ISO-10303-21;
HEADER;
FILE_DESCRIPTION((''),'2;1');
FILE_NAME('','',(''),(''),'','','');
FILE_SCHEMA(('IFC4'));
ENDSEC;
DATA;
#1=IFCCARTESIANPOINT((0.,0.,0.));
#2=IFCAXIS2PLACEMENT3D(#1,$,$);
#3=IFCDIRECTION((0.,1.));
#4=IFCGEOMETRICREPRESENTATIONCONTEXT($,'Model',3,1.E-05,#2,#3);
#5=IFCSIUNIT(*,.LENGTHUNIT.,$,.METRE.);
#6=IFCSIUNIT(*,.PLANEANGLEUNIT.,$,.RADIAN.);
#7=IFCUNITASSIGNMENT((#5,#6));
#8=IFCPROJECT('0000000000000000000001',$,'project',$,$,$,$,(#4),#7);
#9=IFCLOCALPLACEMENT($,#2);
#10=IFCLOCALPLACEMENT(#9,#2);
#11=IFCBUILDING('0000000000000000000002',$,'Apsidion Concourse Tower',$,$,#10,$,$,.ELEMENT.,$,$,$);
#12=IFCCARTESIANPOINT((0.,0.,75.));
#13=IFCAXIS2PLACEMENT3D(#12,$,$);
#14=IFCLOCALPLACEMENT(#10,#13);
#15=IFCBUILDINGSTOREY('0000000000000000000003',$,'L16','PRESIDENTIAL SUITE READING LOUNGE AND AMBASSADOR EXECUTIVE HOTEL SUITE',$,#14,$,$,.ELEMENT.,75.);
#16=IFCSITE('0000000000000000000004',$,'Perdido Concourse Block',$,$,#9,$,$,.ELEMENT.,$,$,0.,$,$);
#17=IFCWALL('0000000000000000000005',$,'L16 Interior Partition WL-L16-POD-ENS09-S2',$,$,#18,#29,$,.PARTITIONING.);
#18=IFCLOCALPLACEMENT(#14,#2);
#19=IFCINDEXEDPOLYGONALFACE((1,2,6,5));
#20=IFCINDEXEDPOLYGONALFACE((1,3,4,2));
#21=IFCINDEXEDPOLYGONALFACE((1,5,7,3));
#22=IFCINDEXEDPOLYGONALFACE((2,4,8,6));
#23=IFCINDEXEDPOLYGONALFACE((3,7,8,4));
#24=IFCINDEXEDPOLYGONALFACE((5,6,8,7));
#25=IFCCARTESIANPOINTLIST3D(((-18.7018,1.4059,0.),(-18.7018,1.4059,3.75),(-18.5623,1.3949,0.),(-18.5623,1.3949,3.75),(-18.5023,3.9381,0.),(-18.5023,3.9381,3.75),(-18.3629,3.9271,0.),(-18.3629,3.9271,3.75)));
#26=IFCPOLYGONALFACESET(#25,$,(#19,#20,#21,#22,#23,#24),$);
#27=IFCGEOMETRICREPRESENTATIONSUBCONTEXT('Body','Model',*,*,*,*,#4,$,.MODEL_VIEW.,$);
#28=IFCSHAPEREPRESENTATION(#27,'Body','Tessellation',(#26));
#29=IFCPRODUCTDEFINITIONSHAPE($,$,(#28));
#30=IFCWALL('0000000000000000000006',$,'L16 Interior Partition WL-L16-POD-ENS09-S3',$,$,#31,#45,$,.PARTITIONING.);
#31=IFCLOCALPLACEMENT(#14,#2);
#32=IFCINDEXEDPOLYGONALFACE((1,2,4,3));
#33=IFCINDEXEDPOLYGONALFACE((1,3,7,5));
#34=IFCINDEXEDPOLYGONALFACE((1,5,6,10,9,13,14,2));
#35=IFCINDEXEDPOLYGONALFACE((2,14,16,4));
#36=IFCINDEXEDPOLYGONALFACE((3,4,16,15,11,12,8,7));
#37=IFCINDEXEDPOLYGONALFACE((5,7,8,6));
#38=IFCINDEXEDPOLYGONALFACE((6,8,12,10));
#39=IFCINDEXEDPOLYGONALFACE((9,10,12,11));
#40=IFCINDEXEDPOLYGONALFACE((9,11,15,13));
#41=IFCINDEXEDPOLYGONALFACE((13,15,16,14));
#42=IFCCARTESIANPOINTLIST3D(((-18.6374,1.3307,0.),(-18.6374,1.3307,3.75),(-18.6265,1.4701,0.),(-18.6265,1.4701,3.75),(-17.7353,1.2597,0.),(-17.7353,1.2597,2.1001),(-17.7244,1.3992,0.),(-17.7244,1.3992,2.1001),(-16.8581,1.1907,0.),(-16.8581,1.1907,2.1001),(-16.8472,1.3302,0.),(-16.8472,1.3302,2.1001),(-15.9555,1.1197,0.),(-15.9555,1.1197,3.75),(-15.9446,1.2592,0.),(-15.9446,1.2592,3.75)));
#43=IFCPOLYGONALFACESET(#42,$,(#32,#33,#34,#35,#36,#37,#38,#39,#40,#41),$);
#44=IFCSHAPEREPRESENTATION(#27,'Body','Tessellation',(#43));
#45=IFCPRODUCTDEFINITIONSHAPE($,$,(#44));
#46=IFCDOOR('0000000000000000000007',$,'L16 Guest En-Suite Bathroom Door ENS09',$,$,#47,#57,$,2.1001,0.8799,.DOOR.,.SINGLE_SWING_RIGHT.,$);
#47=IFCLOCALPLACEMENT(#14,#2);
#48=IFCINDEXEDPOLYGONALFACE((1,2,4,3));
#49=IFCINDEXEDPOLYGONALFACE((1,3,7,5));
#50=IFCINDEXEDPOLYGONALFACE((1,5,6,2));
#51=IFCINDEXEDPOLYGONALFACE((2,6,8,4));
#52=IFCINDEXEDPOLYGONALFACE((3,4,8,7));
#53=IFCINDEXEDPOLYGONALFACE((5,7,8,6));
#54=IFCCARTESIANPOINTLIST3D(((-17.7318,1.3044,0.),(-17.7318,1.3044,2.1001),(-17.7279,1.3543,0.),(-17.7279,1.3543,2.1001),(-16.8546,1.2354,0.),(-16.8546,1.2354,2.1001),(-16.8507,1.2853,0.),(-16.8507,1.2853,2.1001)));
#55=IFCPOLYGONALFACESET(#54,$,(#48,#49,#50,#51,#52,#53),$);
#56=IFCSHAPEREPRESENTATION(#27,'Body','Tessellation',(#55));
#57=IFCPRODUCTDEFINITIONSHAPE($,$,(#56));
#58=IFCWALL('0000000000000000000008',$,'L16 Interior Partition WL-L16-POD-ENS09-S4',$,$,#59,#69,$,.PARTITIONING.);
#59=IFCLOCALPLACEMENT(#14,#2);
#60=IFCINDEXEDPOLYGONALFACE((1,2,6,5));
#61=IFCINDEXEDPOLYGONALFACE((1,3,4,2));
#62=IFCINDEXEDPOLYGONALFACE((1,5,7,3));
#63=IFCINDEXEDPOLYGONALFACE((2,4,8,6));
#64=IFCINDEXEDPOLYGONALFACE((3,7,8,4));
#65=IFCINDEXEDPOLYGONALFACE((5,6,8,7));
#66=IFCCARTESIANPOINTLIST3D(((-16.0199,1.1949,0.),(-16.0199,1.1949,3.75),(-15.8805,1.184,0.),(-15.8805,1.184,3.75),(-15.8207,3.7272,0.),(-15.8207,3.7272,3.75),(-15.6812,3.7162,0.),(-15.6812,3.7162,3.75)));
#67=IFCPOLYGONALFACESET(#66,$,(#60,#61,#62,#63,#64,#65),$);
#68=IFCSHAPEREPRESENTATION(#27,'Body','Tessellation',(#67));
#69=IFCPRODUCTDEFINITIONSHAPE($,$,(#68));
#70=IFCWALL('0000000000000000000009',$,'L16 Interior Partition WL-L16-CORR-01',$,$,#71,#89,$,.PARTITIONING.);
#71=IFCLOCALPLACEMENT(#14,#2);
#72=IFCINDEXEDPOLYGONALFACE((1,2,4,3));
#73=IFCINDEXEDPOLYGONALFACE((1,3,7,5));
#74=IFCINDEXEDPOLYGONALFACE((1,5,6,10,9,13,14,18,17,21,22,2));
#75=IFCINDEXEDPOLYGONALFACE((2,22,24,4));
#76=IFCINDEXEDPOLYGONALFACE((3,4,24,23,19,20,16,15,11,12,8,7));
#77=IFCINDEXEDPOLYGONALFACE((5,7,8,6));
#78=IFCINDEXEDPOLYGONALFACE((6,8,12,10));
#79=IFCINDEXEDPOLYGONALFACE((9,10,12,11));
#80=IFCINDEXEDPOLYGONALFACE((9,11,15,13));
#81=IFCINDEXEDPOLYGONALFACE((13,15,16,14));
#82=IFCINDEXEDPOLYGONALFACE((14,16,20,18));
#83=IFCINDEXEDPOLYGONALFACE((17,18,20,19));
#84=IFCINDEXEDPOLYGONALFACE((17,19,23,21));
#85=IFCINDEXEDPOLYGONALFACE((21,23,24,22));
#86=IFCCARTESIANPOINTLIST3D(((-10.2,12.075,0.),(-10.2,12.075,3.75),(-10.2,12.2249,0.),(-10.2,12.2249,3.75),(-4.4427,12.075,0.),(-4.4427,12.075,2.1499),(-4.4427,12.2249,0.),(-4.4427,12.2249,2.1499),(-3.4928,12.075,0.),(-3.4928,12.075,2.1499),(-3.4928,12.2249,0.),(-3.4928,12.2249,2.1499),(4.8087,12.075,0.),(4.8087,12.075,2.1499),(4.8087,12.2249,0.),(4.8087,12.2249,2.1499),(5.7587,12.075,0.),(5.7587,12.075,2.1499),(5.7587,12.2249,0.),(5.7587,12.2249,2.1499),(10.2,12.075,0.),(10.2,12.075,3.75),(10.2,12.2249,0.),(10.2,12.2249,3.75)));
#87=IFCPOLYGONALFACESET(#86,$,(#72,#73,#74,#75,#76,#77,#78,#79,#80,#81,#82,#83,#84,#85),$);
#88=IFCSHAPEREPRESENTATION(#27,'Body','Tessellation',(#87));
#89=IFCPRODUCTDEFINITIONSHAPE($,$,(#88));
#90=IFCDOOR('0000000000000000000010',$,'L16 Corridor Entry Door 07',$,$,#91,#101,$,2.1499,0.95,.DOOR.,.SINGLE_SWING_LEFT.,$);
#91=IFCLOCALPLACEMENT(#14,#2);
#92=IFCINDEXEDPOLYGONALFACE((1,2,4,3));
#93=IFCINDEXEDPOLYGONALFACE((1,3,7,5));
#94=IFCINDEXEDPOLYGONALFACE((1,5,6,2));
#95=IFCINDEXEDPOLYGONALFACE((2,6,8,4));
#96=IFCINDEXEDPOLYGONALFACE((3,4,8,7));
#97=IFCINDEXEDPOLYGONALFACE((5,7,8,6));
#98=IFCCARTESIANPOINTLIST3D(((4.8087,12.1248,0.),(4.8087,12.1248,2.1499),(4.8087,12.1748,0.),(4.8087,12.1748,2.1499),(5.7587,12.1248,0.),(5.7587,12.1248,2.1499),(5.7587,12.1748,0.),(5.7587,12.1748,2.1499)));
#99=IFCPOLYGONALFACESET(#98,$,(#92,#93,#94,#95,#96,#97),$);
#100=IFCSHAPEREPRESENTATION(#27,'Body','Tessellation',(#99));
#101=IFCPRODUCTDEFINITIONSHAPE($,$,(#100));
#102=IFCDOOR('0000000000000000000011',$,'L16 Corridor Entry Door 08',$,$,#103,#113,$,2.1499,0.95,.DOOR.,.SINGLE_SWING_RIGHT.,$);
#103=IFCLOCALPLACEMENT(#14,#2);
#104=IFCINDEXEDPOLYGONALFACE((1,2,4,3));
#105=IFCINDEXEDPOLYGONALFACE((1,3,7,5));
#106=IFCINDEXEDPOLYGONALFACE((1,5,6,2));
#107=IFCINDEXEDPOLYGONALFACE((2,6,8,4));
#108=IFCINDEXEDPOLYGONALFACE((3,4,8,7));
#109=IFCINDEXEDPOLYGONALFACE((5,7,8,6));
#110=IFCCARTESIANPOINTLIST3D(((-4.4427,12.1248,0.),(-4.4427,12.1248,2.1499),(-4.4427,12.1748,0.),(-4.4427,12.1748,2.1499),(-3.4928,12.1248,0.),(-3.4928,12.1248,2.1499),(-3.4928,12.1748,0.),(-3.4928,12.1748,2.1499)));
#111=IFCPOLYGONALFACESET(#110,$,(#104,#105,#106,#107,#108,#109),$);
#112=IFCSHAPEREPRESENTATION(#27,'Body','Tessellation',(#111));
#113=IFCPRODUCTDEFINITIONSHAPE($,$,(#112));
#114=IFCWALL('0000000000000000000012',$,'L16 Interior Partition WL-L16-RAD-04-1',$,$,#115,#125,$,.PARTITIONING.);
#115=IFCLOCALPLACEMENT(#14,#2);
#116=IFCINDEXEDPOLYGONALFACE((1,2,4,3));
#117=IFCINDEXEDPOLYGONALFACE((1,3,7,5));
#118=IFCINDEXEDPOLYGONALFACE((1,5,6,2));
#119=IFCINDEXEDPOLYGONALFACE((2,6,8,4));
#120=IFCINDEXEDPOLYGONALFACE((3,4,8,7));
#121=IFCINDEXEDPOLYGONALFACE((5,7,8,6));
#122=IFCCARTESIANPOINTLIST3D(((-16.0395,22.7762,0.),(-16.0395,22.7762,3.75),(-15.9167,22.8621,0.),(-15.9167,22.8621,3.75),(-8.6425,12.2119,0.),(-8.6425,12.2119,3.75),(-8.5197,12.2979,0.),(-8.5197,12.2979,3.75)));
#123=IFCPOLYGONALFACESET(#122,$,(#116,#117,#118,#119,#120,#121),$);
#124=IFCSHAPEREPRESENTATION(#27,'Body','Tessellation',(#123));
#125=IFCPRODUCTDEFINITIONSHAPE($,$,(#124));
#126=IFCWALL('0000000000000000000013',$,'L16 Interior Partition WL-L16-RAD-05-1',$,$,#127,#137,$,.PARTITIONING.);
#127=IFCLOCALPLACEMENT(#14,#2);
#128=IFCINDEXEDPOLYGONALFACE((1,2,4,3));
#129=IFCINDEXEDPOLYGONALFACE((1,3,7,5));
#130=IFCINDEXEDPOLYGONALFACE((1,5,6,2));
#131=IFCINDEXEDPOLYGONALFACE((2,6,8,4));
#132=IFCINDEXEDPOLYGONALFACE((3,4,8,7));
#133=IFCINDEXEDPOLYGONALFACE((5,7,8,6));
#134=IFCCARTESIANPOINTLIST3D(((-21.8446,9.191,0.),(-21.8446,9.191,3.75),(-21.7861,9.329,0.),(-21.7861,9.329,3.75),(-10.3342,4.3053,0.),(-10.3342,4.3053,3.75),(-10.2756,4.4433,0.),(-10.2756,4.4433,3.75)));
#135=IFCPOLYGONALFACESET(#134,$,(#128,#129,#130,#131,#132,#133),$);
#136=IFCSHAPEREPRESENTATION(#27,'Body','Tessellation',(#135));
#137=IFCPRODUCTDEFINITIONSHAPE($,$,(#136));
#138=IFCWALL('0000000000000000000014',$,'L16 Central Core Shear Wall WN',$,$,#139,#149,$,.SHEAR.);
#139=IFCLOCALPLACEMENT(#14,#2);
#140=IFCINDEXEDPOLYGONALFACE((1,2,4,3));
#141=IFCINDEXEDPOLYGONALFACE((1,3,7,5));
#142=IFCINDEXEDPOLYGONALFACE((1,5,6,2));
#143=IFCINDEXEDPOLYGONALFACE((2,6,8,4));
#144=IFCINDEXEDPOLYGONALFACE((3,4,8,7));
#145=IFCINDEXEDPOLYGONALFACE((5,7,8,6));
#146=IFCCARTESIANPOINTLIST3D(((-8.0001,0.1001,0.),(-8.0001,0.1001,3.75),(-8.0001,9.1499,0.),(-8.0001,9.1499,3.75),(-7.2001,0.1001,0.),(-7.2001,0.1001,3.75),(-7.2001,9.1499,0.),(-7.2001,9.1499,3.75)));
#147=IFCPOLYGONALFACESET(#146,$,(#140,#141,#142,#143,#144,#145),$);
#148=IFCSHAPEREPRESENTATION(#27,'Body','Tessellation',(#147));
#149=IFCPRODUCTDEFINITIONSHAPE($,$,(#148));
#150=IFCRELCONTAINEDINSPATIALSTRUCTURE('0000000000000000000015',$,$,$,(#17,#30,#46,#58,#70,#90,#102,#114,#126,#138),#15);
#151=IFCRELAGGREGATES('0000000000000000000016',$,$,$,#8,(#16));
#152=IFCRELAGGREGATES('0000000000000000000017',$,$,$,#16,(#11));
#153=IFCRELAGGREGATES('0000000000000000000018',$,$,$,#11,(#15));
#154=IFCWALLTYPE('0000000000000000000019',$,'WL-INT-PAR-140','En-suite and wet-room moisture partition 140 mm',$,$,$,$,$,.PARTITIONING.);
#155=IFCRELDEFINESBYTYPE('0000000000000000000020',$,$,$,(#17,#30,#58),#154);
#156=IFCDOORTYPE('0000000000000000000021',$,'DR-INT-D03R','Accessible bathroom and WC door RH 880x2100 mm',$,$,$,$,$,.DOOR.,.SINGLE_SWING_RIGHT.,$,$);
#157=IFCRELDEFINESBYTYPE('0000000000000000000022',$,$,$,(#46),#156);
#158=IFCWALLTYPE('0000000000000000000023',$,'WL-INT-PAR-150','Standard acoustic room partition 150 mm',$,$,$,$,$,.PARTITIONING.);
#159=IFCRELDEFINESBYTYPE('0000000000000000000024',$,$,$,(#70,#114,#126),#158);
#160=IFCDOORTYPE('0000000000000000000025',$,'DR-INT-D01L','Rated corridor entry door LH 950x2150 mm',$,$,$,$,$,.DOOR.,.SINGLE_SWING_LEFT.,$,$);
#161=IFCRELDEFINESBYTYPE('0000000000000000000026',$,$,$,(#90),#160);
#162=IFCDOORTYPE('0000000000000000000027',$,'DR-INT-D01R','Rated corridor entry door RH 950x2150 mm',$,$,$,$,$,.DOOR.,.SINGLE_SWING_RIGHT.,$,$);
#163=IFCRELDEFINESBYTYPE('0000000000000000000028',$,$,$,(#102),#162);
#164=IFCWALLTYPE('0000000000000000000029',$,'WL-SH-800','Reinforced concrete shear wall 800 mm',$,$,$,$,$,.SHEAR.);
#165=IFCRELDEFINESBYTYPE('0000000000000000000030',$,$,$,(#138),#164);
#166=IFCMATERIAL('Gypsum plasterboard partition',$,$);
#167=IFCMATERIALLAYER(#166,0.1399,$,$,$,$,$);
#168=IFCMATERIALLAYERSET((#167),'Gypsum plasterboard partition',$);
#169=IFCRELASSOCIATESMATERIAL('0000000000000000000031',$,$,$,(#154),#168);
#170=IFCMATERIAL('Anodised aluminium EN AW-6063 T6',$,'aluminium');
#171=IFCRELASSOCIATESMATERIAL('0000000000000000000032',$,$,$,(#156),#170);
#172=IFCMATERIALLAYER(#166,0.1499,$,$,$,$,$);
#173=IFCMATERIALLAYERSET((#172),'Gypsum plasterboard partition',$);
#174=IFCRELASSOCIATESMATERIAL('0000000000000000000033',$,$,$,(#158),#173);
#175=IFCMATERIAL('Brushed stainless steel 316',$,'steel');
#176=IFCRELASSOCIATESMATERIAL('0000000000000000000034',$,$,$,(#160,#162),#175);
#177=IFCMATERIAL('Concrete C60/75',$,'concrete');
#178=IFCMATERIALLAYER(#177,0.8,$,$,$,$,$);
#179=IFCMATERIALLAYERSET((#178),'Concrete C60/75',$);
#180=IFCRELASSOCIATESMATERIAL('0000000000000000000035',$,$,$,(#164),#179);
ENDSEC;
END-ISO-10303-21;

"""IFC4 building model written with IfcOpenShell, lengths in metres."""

from ifc_helpers import new_model, si_unit, direction, frame, frame_2d, origin, place, context, subcontext, project, spatial, rectangle, extrude, material, layer, layer_set, type_object, element, fill, save


model = new_model("IFC4")

# Units and contexts
model_context = context("Model", 3, precision=1e-05, world=origin(), true_north=direction((0.0, 1.0)))
body_context = subcontext(model_context, "Body", "Model", "MODEL_VIEW")
ifc_project = project(units=[si_unit("LENGTHUNIT", "METRE"), si_unit("PLANEANGLEUNIT", "RADIAN")], contexts=[model_context])

# Site, building, storey
site_placement = place(None, origin())
site = spatial("IfcSite", under=ifc_project, at=site_placement, Name="Perdido Concourse Block", CompositionType="ELEMENT", RefElevation=0.0)
building_placement = place(site_placement, origin())
building = spatial("IfcBuilding", under=site, at=building_placement, Name="Apsidion Concourse Tower", CompositionType="ELEMENT")
storey_placement = place(building_placement, frame((0.0, 0.0, 75.0)))
storey = spatial("IfcBuildingStorey", under=building, at=storey_placement, Name="L16", Description="PRESIDENTIAL SUITE READING LOUNGE AND AMBASSADOR EXECUTIVE HOTEL SUITE", CompositionType="ELEMENT", Elevation=75.0)

# Shared definitions
ifc_material_1 = material(Name="Gypsum plasterboard partition")
ifc_layer_1 = layer(ifc_material_1, 0.1399)
ifc_layer_set_1 = layer_set([ifc_layer_1], Name="Gypsum plasterboard partition")
wall_type_1 = type_object("IfcWallType", Name="WL-INT-PAR-140", Description="En-suite and wet-room moisture partition 140 mm", PredefinedType="PARTITIONING", material=ifc_layer_set_1)

# Shared definitions
ifc_material_2 = material(Name="Anodised aluminium EN AW-6063 T6", Category="aluminium")

# Wall
wall_1_placement = place(storey_placement, frame((-18.4326, 3.9326, 0.0), z_axis=(0.0, 0.0, 1.0), x_axis=(-0.078527, -0.996912, 0.0)))
element("IfcWall", 1, at=wall_1_placement, inside=storey, type_object=wall_type_1, Name="L16 Interior Partition WL-L16-POD-ENS09-S2", PredefinedType="PARTITIONING", context=body_context, shape_type="SweptSolid", body=[
    extrude(rectangle(XDim=2.54, YDim=0.1399, at=frame_2d((1.27, 0.0))), origin(), (0.0, 0.0, 1.0), 3.75),
])

# Wall, opening, door
wall_2_placement = place(storey_placement, frame((-18.6321, 1.4004, 0.0), z_axis=(0.0, 0.0, 1.0), x_axis=(0.996921, -0.078411, 0.0)))
wall_2 = element("IfcWall", 2, at=wall_2_placement, inside=storey, type_object=wall_type_1, Name="L16 Interior Partition WL-L16-POD-ENS09-S3", PredefinedType="PARTITIONING", context=body_context, shape_type="SweptSolid", body=[
    extrude(rectangle(XDim=2.6902, YDim=0.1399, at=frame_2d((1.3452, 0.0))), origin(), (0.0, 0.0, 1.0), 3.75),
])
opening_1_placement = place(wall_2_placement, frame((0.905, 0.0, 0.0)))
opening_1 = element("IfcOpeningElement", 3, at=opening_1_placement, cuts=wall_2, PredefinedType="OPENING", context=body_context, shape_type="SweptSolid", body=[
    extrude(rectangle(XDim=0.8799, YDim=2.1001, at=frame_2d((0.4399, 1.05))), frame((0.0, 0.0801, 0.0), z_axis=(0.0, -1.0, 0.0), x_axis=(1.0, 0.0, 0.0)), (0.0, 0.0, 1.0), 0.1599),
])
door_type_1 = type_object("IfcDoorType", Name="DR-INT-D03R", Description="Accessible bathroom and WC door RH 880x2100 mm", OperationType="SINGLE_SWING_RIGHT", PredefinedType="DOOR", material=ifc_material_2)
door_1_placement = place(opening_1_placement, origin())
door_1 = element("IfcDoor", 4, at=door_1_placement, inside=storey, type_object=door_type_1, Name="L16 Guest En-Suite Bathroom Door ENS09", OperationType="SINGLE_SWING_RIGHT", OverallHeight=2.1001, OverallWidth=0.8799, PredefinedType="DOOR", context=body_context, shape_type="SweptSolid", body=[
    extrude(rectangle(XDim=0.8799, YDim=2.1001, at=frame_2d((0.4399, 1.05))), frame((0.0, 0.0249, 0.0), z_axis=(0.0, -1.0, 0.0), x_axis=(1.0, 0.0, 0.0)), (0.0, 0.0, 1.0), 0.05),
])
fill(opening_1, door_1)

# Wall
wall_3_placement = place(storey_placement, frame((-15.9502, 1.1895, 0.0), z_axis=(0.0, 0.0, 1.0), x_axis=(0.078431, 0.99692, 0.0)))
element("IfcWall", 5, at=wall_3_placement, inside=storey, type_object=wall_type_1, Name="L16 Interior Partition WL-L16-POD-ENS09-S4", PredefinedType="PARTITIONING", context=body_context, shape_type="SweptSolid", body=[
    extrude(rectangle(XDim=2.54, YDim=0.1399, at=frame_2d((1.27, 0.0))), origin(), (0.0, 0.0, 1.0), 3.75),
])

# Wall, openings, doors
ifc_layer_2 = layer(ifc_material_1, 0.1499)
ifc_layer_set_2 = layer_set([ifc_layer_2], Name="Gypsum plasterboard partition")
wall_type_2 = type_object("IfcWallType", Name="WL-INT-PAR-150", Description="Standard acoustic room partition 150 mm", PredefinedType="PARTITIONING", material=ifc_layer_set_2)
wall_4_placement = place(storey_placement, frame((-10.2, 12.1499, 0.0), z_axis=(0.0, 0.0, 1.0), x_axis=(1.0, 0.0, 0.0)))
wall_4 = element("IfcWall", 6, at=wall_4_placement, inside=storey, type_object=wall_type_2, Name="L16 Interior Partition WL-L16-CORR-01", PredefinedType="PARTITIONING", context=body_context, shape_type="SweptSolid", body=[
    extrude(rectangle(XDim=20.3999, YDim=0.1499, at=frame_2d((10.2, 0.0))), origin(), (0.0, 0.0, 1.0), 3.75),
])
opening_2_placement = place(wall_4_placement, frame((15.0085, 0.0, 0.0)))
opening_2 = element("IfcOpeningElement", 7, at=opening_2_placement, cuts=wall_4, PredefinedType="OPENING", context=body_context, shape_type="SweptSolid", body=[
    extrude(rectangle(XDim=0.95, YDim=2.1499, at=frame_2d((0.4751, 1.075))), frame((0.0, 0.085, 0.0), z_axis=(0.0, -1.0, 0.0), x_axis=(1.0, 0.0, 0.0)), (0.0, 0.0, 1.0), 0.1699),
])
opening_3_placement = place(wall_4_placement, frame((5.7571, 0.0, 0.0)))
opening_3 = element("IfcOpeningElement", 8, at=opening_3_placement, cuts=wall_4, PredefinedType="OPENING", context=body_context, shape_type="SweptSolid", body=[
    extrude(rectangle(XDim=0.95, YDim=2.1499, at=frame_2d((0.4751, 1.075))), frame((0.0, 0.085, 0.0), z_axis=(0.0, -1.0, 0.0), x_axis=(1.0, 0.0, 0.0)), (0.0, 0.0, 1.0), 0.1699),
])
ifc_material_3 = material(Name="Brushed stainless steel 316", Category="steel")
door_type_2 = type_object("IfcDoorType", Name="DR-INT-D01L", Description="Rated corridor entry door LH 950x2150 mm", OperationType="SINGLE_SWING_LEFT", PredefinedType="DOOR", material=ifc_material_3)
door_2_placement = place(opening_2_placement, origin())
door_2 = element("IfcDoor", 9, at=door_2_placement, inside=storey, type_object=door_type_2, Name="L16 Corridor Entry Door 07", OperationType="SINGLE_SWING_LEFT", OverallHeight=2.1499, OverallWidth=0.95, PredefinedType="DOOR", context=body_context, shape_type="SweptSolid", body=[
    extrude(rectangle(XDim=0.95, YDim=2.1499, at=frame_2d((0.4751, 1.075))), frame((0.0, 0.0249, 0.0), z_axis=(0.0, -1.0, 0.0), x_axis=(1.0, 0.0, 0.0)), (0.0, 0.0, 1.0), 0.05),
])
fill(opening_2, door_2)
door_type_3 = type_object("IfcDoorType", Name="DR-INT-D01R", Description="Rated corridor entry door RH 950x2150 mm", OperationType="SINGLE_SWING_RIGHT", PredefinedType="DOOR", material=ifc_material_3)
door_3_placement = place(opening_3_placement, origin())
door_3 = element("IfcDoor", 10, at=door_3_placement, inside=storey, type_object=door_type_3, Name="L16 Corridor Entry Door 08", OperationType="SINGLE_SWING_RIGHT", OverallHeight=2.1499, OverallWidth=0.95, PredefinedType="DOOR", context=body_context, shape_type="SweptSolid", body=[
    extrude(rectangle(XDim=0.95, YDim=2.1499, at=frame_2d((0.4751, 1.075))), frame((0.0, 0.0249, 0.0), z_axis=(0.0, -1.0, 0.0), x_axis=(1.0, 0.0, 0.0)), (0.0, 0.0, 1.0), 0.05),
])
fill(opening_3, door_3)

# Walls
wall_5_placement = place(storey_placement, frame((-8.5811, 12.2549, 0.0), z_axis=(0.0, 0.0, 1.0), x_axis=(-0.573568, 0.819158, 0.0)))
element("IfcWall", 11, at=wall_5_placement, inside=storey, type_object=wall_type_2, Name="L16 Interior Partition WL-L16-RAD-04-1", PredefinedType="PARTITIONING", context=body_context, shape_type="SweptSolid", body=[
    extrude(rectangle(XDim=12.8965, YDim=0.1499, at=frame_2d((6.4482, 0.0))), origin(), (0.0, 0.0, 1.0), 3.75),
])
wall_6_placement = place(storey_placement, frame((-10.3049, 4.3743, 0.0), z_axis=(0.0, 0.0, 1.0), x_axis=(-0.92051, 0.390719, 0.0)))
element("IfcWall", 12, at=wall_6_placement, inside=storey, type_object=wall_type_2, Name="L16 Interior Partition WL-L16-RAD-05-1", PredefinedType="PARTITIONING", context=body_context, shape_type="SweptSolid", body=[
    extrude(rectangle(XDim=12.5044, YDim=0.1499, at=frame_2d((6.2522, 0.0))), origin(), (0.0, 0.0, 1.0), 3.75),
])
ifc_material_4 = material(Name="Concrete C60/75", Category="concrete")
ifc_layer_3 = layer(ifc_material_4, 0.8)
ifc_layer_set_3 = layer_set([ifc_layer_3], Name="Concrete C60/75")
wall_type_3 = type_object("IfcWallType", Name="WL-SH-800", Description="Reinforced concrete shear wall 800 mm", PredefinedType="SHEAR", material=ifc_layer_set_3)
wall_7_placement = place(storey_placement, frame((-7.6001, 0.1001, 0.0), z_axis=(0.0, 0.0, 1.0), x_axis=(0.0, 1.0, 0.0)))
element("IfcWall", 13, at=wall_7_placement, inside=storey, type_object=wall_type_3, Name="L16 Central Core Shear Wall WN", PredefinedType="SHEAR", context=body_context, shape_type="SweptSolid", body=[
    extrude(rectangle(XDim=9.0498, YDim=0.8, at=frame_2d((4.5249, 0.0))), origin(), (0.0, 0.0, 1.0), 3.75),
])

save(model, "model.ifc")
